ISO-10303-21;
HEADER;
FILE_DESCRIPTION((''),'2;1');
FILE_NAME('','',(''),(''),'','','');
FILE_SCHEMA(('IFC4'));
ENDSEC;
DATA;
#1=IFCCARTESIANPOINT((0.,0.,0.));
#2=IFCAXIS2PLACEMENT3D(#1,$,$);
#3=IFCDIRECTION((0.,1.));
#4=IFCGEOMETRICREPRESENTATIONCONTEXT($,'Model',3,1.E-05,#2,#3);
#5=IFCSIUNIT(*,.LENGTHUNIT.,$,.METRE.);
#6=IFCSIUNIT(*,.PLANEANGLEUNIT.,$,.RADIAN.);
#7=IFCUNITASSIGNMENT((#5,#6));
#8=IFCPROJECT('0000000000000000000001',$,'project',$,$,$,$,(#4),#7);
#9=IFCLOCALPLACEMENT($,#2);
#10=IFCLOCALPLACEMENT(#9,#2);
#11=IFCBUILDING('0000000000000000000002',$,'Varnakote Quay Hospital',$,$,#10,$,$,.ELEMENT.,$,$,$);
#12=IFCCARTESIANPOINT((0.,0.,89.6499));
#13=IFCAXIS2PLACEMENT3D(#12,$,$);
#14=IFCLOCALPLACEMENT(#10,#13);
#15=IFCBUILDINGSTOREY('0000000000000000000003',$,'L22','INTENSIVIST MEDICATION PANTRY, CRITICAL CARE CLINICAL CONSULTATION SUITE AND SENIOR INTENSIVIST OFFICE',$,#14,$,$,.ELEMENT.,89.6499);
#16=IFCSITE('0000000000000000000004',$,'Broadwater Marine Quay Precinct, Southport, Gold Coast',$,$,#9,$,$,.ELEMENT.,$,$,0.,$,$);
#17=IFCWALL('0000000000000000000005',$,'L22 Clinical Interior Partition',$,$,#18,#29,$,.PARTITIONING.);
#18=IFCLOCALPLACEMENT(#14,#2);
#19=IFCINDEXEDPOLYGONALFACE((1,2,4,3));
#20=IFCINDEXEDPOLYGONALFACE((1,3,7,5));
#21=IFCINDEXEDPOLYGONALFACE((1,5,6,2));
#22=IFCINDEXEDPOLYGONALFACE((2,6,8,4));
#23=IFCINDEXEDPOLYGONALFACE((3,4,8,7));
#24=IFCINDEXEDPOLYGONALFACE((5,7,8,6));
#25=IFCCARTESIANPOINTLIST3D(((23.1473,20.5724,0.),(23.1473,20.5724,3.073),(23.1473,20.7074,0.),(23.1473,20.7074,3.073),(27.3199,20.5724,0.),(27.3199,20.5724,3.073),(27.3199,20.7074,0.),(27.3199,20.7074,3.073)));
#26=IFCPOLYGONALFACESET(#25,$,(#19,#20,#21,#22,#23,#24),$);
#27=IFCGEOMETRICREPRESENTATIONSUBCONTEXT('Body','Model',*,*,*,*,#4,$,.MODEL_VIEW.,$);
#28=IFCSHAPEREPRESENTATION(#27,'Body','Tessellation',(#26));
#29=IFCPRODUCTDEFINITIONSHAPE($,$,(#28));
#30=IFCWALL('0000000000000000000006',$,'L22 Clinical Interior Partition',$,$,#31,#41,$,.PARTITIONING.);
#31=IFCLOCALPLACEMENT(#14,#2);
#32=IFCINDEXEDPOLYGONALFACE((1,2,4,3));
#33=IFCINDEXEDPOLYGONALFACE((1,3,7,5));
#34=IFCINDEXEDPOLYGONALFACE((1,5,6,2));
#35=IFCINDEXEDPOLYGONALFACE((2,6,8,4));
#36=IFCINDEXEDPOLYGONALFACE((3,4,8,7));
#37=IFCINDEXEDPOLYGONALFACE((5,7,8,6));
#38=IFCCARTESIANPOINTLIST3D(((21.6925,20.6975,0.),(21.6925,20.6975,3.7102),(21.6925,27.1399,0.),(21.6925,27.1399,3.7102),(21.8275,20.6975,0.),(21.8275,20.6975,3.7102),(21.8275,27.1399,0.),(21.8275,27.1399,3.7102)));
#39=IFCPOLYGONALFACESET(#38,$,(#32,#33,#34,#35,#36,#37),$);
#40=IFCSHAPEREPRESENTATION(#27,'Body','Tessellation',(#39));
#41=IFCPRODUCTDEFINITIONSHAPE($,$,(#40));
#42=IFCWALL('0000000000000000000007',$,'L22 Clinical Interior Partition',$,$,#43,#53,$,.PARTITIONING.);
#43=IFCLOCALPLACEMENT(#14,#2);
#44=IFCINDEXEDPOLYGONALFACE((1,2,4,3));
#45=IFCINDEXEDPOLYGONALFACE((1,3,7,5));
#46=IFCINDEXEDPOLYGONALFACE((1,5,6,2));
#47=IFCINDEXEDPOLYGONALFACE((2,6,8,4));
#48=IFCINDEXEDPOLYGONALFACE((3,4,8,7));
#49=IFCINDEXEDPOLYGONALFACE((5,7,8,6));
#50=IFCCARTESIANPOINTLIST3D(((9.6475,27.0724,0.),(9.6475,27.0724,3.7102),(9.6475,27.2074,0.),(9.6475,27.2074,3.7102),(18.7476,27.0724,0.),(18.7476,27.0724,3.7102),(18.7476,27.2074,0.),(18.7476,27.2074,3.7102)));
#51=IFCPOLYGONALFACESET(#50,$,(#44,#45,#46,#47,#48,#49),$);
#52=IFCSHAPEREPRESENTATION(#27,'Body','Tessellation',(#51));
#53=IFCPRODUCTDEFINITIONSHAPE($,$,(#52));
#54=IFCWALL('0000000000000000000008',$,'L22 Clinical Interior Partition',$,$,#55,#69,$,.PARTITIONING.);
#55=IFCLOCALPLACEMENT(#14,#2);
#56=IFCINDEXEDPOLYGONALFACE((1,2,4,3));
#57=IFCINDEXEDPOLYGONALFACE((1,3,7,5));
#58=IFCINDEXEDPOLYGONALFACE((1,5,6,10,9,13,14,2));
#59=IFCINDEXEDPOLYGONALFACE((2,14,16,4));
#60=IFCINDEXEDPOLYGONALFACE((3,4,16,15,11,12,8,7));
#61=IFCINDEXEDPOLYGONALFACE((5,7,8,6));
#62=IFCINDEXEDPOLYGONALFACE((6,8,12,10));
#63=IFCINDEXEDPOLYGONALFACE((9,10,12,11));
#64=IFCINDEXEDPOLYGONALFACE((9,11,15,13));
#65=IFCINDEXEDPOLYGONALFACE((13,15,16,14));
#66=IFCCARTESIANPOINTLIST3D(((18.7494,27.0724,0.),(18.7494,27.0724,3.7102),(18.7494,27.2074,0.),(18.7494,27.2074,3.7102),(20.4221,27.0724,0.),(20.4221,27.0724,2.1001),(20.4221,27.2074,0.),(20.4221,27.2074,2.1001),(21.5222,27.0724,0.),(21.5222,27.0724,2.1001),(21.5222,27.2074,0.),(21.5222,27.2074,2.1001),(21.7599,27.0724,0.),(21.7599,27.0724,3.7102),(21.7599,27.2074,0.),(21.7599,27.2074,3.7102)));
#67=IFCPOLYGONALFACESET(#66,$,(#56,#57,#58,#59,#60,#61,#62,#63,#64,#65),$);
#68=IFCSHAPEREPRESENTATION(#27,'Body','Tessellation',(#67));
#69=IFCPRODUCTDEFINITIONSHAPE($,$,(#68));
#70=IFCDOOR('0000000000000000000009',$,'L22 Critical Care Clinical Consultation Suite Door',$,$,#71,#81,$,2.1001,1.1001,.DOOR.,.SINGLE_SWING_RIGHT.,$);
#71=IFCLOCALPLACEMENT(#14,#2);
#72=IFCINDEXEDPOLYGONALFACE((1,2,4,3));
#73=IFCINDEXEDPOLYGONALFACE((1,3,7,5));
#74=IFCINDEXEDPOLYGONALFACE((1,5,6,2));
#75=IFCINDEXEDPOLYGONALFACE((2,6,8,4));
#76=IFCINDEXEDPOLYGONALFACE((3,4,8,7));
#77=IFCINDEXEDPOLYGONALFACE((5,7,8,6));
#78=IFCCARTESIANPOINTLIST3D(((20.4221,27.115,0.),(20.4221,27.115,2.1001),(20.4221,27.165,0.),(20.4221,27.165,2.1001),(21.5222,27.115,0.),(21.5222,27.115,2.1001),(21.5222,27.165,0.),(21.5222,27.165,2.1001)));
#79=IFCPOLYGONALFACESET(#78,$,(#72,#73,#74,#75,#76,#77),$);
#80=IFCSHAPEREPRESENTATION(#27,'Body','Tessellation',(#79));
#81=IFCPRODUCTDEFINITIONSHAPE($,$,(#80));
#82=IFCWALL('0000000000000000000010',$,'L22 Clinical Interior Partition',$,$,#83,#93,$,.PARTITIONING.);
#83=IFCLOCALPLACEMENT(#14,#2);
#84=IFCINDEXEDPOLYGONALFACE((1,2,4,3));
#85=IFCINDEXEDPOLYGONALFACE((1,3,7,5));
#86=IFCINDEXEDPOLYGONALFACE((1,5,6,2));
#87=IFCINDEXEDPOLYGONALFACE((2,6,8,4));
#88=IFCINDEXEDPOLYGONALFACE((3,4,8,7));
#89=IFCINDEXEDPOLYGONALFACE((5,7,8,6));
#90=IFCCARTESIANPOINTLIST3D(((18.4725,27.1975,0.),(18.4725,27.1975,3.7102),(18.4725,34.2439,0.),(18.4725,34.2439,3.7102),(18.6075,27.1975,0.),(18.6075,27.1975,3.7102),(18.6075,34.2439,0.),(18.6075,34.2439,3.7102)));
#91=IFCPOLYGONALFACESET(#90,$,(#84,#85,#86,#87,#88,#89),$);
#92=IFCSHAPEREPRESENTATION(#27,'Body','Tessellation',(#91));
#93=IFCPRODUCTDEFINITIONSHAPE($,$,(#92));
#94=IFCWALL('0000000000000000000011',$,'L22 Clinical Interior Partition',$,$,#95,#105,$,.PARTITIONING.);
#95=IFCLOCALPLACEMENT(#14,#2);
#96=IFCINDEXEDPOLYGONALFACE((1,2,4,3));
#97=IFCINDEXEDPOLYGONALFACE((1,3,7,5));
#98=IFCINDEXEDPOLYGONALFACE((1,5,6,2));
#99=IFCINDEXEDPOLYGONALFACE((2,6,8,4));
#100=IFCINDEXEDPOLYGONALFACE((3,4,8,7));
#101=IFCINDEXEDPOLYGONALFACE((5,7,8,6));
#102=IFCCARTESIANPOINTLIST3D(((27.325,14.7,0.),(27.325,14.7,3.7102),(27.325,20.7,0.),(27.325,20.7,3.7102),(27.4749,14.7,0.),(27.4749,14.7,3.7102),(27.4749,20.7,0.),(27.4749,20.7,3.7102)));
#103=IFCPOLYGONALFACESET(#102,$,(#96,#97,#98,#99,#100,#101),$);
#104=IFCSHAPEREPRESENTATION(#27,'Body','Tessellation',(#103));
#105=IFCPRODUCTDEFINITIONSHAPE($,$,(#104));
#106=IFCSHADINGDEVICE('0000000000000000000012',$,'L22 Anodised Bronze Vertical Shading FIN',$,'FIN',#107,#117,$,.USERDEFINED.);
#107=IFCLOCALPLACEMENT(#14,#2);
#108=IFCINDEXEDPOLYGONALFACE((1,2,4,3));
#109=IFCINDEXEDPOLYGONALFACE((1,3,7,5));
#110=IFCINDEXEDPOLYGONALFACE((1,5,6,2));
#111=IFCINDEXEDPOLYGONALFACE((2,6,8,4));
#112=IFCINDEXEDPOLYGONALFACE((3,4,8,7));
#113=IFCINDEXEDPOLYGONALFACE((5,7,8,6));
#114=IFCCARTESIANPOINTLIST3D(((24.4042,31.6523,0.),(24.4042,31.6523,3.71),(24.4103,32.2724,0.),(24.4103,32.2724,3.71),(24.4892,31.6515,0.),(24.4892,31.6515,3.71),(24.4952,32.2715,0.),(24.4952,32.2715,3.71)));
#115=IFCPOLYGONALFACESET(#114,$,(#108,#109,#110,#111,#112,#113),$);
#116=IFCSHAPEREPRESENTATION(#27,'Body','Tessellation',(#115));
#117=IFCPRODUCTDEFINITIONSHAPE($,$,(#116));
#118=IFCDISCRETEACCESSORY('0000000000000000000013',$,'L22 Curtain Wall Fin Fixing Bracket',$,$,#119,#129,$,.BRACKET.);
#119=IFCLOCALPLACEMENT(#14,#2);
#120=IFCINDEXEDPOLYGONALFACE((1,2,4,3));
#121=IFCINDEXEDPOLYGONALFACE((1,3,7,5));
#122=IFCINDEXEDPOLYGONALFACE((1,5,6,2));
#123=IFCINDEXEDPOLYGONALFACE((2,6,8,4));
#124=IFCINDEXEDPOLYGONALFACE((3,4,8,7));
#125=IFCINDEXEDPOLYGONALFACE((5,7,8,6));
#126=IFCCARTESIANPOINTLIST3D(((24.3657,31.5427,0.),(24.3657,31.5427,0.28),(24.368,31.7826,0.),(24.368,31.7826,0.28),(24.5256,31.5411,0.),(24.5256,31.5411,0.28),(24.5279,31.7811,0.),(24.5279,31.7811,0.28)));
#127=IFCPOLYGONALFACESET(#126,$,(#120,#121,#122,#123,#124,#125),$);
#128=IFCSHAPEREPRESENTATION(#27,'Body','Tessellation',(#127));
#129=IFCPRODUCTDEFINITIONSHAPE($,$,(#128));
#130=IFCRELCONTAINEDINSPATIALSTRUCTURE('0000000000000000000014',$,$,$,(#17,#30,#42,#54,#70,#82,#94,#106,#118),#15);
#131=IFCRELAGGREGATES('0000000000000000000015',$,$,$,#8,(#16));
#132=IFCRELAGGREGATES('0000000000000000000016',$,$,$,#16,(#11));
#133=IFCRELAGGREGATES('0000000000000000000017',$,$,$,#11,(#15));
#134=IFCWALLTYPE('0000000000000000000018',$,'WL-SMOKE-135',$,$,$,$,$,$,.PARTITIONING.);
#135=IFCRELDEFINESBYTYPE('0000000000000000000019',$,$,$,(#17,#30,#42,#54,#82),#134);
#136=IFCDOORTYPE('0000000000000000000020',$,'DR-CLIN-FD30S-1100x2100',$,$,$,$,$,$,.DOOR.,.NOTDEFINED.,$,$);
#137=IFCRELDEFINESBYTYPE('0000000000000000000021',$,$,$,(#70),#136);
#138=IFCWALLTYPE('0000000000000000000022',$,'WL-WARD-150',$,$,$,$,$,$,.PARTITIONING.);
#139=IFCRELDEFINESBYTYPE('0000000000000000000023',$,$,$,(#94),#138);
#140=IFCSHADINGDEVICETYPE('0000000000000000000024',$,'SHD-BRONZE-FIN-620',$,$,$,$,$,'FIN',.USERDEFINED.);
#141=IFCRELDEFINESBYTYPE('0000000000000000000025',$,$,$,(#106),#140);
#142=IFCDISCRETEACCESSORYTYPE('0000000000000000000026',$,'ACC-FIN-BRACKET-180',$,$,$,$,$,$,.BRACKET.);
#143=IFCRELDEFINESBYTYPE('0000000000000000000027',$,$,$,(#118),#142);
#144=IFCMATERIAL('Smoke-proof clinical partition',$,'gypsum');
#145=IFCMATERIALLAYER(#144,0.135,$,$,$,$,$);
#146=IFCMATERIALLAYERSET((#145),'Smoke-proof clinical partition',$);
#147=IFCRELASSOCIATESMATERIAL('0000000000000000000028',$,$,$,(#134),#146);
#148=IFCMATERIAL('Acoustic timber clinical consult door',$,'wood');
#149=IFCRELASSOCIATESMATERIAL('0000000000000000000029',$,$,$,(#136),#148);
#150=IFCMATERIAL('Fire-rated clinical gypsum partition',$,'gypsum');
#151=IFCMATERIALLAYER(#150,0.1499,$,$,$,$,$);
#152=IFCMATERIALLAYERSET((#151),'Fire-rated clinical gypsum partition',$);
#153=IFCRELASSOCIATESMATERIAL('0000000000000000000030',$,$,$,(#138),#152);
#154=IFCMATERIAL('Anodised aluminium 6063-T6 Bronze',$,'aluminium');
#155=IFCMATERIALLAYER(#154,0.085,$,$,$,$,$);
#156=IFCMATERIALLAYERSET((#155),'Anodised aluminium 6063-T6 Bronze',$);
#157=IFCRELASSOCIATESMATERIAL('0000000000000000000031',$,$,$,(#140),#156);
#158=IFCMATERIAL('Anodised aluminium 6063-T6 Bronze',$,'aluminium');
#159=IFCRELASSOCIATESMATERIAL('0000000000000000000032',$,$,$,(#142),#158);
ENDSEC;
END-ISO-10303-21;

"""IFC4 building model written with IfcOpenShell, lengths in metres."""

from ifc_helpers import new_model, si_unit, direction, frame, frame_2d, origin, origin_2d, place, context, subcontext, project, spatial, rectangle, extrude, material, layer, layer_set, type_object, element, fill, save


model = new_model("IFC4")

# Units and contexts
model_context = context("Model", 3, precision=1e-05, world=origin(), true_north=direction((0.0, 1.0)))
body_context = subcontext(model_context, "Body", "Model", "MODEL_VIEW")
ifc_project = project(units=[si_unit("LENGTHUNIT", "METRE"), si_unit("PLANEANGLEUNIT", "RADIAN")], contexts=[model_context])

# Site, building, storey
site_placement = place(None, origin())
site = spatial("IfcSite", under=ifc_project, at=site_placement, Name="Broadwater Marine Quay Precinct, Southport, Gold Coast", CompositionType="ELEMENT", RefElevation=0.0)
building_placement = place(site_placement, origin())
building = spatial("IfcBuilding", under=site, at=building_placement, Name="Varnakote Quay Hospital", CompositionType="ELEMENT")
storey_placement = place(building_placement, frame((0.0, 0.0, 89.6499)))
storey = spatial("IfcBuildingStorey", under=building, at=storey_placement, Name="L22", Description="INTENSIVIST MEDICATION PANTRY, CRITICAL CARE CLINICAL CONSULTATION SUITE AND SENIOR INTENSIVIST OFFICE", CompositionType="ELEMENT", Elevation=89.6499)

# Walls
ifc_material_1 = material(Name="Smoke-proof clinical partition", Category="gypsum")
ifc_layer_1 = layer(ifc_material_1, 0.135)
ifc_layer_set_1 = layer_set([ifc_layer_1], Name="Smoke-proof clinical partition")
wall_type_1 = type_object("IfcWallType", Name="WL-SMOKE-135", PredefinedType="PARTITIONING", material=ifc_layer_set_1)
wall_1_placement = place(storey_placement, frame((27.3201, 20.6399, 0.0), z_axis=(0.0, 0.0, 1.0), x_axis=(-1.0, 0.0, 0.0)))
element("IfcWall", 1, at=wall_1_placement, inside=storey, type_object=wall_type_1, Name="L22 Clinical Interior Partition", PredefinedType="PARTITIONING", context=body_context, shape_type="SweptSolid", body=[
    extrude(rectangle(XDim=4.1726, YDim=0.135, at=frame_2d((2.0864, 0.0))), origin(), (0.0, 0.0, 1.0), 3.073),
])
wall_2_placement = place(storey_placement, frame((21.76, 20.6975, 0.0), z_axis=(0.0, 0.0, 1.0), x_axis=(0.0, 1.0, 0.0)))
element("IfcWall", 2, at=wall_2_placement, inside=storey, type_object=wall_type_1, Name="L22 Clinical Interior Partition", PredefinedType="PARTITIONING", context=body_context, shape_type="SweptSolid", body=[
    extrude(rectangle(XDim=6.4424, YDim=0.135, at=frame_2d((3.2212, 0.0))), origin(), (0.0, 0.0, 1.0), 3.7102),
])
wall_3_placement = place(storey_placement, frame((18.7476, 27.1399, 0.0), z_axis=(0.0, 0.0, 1.0), x_axis=(-1.0, 0.0, 0.0)))
element("IfcWall", 3, at=wall_3_placement, inside=storey, type_object=wall_type_1, Name="L22 Clinical Interior Partition", PredefinedType="PARTITIONING", context=body_context, shape_type="SweptSolid", body=[
    extrude(rectangle(XDim=9.1001, YDim=0.135, at=frame_2d((4.55, 0.0))), origin(), (0.0, 0.0, 1.0), 3.7102),
])

# Wall, opening, door
wall_4_placement = place(storey_placement, frame((21.76, 27.1399, 0.0), z_axis=(0.0, 0.0, 1.0), x_axis=(-1.0, 0.0, 0.0)))
wall_4 = element("IfcWall", 4, at=wall_4_placement, inside=storey, type_object=wall_type_1, Name="L22 Clinical Interior Partition", PredefinedType="PARTITIONING", context=body_context, shape_type="SweptSolid", body=[
    extrude(rectangle(XDim=3.0105, YDim=0.135, at=frame_2d((1.5054, 0.0))), origin(), (0.0, 0.0, 1.0), 3.7102),
])
opening_1_placement = place(wall_4_placement, frame((0.2378, 0.0, 0.0)))
opening_1 = element("IfcOpeningElement", 5, at=opening_1_placement, cuts=wall_4, PredefinedType="OPENING", context=body_context, shape_type="SweptSolid", body=[
    extrude(rectangle(XDim=1.1001, YDim=2.1001, at=frame_2d((0.55, 1.05))), frame((0.0, 0.0774, 0.0), z_axis=(0.0, -1.0, 0.0), x_axis=(1.0, 0.0, 0.0)), (0.0, 0.0, 1.0), 0.155),
])
ifc_material_2 = material(Name="Acoustic timber clinical consult door", Category="wood")
door_type = type_object("IfcDoorType", Name="DR-CLIN-FD30S-1100x2100", OperationType="NOTDEFINED", PredefinedType="DOOR", material=ifc_material_2)
door_placement = place(opening_1_placement, origin())
door = element("IfcDoor", 6, at=door_placement, inside=storey, type_object=door_type, Name="L22 Critical Care Clinical Consultation Suite Door", OperationType="SINGLE_SWING_RIGHT", OverallHeight=2.1001, OverallWidth=1.1001, PredefinedType="DOOR", context=body_context, shape_type="SweptSolid", body=[
    extrude(rectangle(XDim=1.1001, YDim=2.1001, at=frame_2d((0.55, 1.05))), frame((0.0, 0.0249, 0.0), z_axis=(0.0, -1.0, 0.0), x_axis=(1.0, 0.0, 0.0)), (0.0, 0.0, 1.0), 0.05),
])
fill(opening_1, door)

# Walls
wall_5_placement = place(storey_placement, frame((18.54, 27.1975, 0.0), z_axis=(0.0, 0.0, 1.0), x_axis=(0.0, 1.0, 0.0)))
element("IfcWall", 7, at=wall_5_placement, inside=storey, type_object=wall_type_1, Name="L22 Clinical Interior Partition", PredefinedType="PARTITIONING", context=body_context, shape_type="SweptSolid", body=[
    extrude(rectangle(XDim=7.0464, YDim=0.135, at=frame_2d((3.5232, 0.0))), origin(), (0.0, 0.0, 1.0), 3.7102),
])
ifc_material_3 = material(Name="Fire-rated clinical gypsum partition", Category="gypsum")
ifc_layer_2 = layer(ifc_material_3, 0.1499)
ifc_layer_set_2 = layer_set([ifc_layer_2], Name="Fire-rated clinical gypsum partition")
wall_type_2 = type_object("IfcWallType", Name="WL-WARD-150", PredefinedType="PARTITIONING", material=ifc_layer_set_2)
wall_6_placement = place(storey_placement, frame((27.3999, 20.7, 0.0), z_axis=(0.0, 0.0, 1.0), x_axis=(0.0, -1.0, 0.0)))
element("IfcWall", 8, at=wall_6_placement, inside=storey, type_object=wall_type_2, Name="L22 Clinical Interior Partition", PredefinedType="PARTITIONING", context=body_context, shape_type="SweptSolid", body=[
    extrude(rectangle(XDim=6.0, YDim=0.1499, at=frame_2d((3.0, 0.0))), origin(), (0.0, 0.0, 1.0), 3.7102),
])

# Shading device
ifc_material_4 = material(Name="Anodised aluminium 6063-T6 Bronze", Category="aluminium")
ifc_layer_3 = layer(ifc_material_4, 0.085)
ifc_layer_set_3 = layer_set([ifc_layer_3], Name="Anodised aluminium 6063-T6 Bronze")
shading_device_type = type_object("IfcShadingDeviceType", Name="SHD-BRONZE-FIN-620", ElementType="FIN", PredefinedType="USERDEFINED", material=ifc_layer_set_3)
shading_device_placement = place(storey_placement, frame((24.4497, 31.9619, 0.0), z_axis=(0.0, 0.0, 1.0), x_axis=(-0.009774, -0.999952, 0.0)))
element("IfcShadingDevice", 9, at=shading_device_placement, inside=storey, type_object=shading_device_type, Name="L22 Anodised Bronze Vertical Shading FIN", ObjectType="FIN", PredefinedType="USERDEFINED", context=body_context, shape_type="SweptSolid", body=[
    extrude(rectangle(XDim=0.6201, YDim=0.085, at=origin_2d()), origin(), (0.0, 0.0, 1.0), 3.71),
])

# Discrete accessory
ifc_material_5 = material(Name="Anodised aluminium 6063-T6 Bronze", Category="aluminium")
discrete_accessory_type = type_object("IfcDiscreteAccessoryType", Name="ACC-FIN-BRACKET-180", PredefinedType="BRACKET", material=ifc_material_5)
discrete_accessory_placement = place(storey_placement, frame((24.4468, 31.6619, 0.0), z_axis=(0.0, 0.0, 1.0), x_axis=(-0.999952, 0.009774, 0.0)))
element("IfcDiscreteAccessory", 10, at=discrete_accessory_placement, inside=storey, type_object=discrete_accessory_type, Name="L22 Curtain Wall Fin Fixing Bracket", PredefinedType="BRACKET", context=body_context, shape_type="SweptSolid", body=[
    extrude(rectangle(XDim=0.1599, YDim=0.24, at=origin_2d()), origin(), (0.0, 0.0, 1.0), 0.28),
])

save(model, "model.ifc")
